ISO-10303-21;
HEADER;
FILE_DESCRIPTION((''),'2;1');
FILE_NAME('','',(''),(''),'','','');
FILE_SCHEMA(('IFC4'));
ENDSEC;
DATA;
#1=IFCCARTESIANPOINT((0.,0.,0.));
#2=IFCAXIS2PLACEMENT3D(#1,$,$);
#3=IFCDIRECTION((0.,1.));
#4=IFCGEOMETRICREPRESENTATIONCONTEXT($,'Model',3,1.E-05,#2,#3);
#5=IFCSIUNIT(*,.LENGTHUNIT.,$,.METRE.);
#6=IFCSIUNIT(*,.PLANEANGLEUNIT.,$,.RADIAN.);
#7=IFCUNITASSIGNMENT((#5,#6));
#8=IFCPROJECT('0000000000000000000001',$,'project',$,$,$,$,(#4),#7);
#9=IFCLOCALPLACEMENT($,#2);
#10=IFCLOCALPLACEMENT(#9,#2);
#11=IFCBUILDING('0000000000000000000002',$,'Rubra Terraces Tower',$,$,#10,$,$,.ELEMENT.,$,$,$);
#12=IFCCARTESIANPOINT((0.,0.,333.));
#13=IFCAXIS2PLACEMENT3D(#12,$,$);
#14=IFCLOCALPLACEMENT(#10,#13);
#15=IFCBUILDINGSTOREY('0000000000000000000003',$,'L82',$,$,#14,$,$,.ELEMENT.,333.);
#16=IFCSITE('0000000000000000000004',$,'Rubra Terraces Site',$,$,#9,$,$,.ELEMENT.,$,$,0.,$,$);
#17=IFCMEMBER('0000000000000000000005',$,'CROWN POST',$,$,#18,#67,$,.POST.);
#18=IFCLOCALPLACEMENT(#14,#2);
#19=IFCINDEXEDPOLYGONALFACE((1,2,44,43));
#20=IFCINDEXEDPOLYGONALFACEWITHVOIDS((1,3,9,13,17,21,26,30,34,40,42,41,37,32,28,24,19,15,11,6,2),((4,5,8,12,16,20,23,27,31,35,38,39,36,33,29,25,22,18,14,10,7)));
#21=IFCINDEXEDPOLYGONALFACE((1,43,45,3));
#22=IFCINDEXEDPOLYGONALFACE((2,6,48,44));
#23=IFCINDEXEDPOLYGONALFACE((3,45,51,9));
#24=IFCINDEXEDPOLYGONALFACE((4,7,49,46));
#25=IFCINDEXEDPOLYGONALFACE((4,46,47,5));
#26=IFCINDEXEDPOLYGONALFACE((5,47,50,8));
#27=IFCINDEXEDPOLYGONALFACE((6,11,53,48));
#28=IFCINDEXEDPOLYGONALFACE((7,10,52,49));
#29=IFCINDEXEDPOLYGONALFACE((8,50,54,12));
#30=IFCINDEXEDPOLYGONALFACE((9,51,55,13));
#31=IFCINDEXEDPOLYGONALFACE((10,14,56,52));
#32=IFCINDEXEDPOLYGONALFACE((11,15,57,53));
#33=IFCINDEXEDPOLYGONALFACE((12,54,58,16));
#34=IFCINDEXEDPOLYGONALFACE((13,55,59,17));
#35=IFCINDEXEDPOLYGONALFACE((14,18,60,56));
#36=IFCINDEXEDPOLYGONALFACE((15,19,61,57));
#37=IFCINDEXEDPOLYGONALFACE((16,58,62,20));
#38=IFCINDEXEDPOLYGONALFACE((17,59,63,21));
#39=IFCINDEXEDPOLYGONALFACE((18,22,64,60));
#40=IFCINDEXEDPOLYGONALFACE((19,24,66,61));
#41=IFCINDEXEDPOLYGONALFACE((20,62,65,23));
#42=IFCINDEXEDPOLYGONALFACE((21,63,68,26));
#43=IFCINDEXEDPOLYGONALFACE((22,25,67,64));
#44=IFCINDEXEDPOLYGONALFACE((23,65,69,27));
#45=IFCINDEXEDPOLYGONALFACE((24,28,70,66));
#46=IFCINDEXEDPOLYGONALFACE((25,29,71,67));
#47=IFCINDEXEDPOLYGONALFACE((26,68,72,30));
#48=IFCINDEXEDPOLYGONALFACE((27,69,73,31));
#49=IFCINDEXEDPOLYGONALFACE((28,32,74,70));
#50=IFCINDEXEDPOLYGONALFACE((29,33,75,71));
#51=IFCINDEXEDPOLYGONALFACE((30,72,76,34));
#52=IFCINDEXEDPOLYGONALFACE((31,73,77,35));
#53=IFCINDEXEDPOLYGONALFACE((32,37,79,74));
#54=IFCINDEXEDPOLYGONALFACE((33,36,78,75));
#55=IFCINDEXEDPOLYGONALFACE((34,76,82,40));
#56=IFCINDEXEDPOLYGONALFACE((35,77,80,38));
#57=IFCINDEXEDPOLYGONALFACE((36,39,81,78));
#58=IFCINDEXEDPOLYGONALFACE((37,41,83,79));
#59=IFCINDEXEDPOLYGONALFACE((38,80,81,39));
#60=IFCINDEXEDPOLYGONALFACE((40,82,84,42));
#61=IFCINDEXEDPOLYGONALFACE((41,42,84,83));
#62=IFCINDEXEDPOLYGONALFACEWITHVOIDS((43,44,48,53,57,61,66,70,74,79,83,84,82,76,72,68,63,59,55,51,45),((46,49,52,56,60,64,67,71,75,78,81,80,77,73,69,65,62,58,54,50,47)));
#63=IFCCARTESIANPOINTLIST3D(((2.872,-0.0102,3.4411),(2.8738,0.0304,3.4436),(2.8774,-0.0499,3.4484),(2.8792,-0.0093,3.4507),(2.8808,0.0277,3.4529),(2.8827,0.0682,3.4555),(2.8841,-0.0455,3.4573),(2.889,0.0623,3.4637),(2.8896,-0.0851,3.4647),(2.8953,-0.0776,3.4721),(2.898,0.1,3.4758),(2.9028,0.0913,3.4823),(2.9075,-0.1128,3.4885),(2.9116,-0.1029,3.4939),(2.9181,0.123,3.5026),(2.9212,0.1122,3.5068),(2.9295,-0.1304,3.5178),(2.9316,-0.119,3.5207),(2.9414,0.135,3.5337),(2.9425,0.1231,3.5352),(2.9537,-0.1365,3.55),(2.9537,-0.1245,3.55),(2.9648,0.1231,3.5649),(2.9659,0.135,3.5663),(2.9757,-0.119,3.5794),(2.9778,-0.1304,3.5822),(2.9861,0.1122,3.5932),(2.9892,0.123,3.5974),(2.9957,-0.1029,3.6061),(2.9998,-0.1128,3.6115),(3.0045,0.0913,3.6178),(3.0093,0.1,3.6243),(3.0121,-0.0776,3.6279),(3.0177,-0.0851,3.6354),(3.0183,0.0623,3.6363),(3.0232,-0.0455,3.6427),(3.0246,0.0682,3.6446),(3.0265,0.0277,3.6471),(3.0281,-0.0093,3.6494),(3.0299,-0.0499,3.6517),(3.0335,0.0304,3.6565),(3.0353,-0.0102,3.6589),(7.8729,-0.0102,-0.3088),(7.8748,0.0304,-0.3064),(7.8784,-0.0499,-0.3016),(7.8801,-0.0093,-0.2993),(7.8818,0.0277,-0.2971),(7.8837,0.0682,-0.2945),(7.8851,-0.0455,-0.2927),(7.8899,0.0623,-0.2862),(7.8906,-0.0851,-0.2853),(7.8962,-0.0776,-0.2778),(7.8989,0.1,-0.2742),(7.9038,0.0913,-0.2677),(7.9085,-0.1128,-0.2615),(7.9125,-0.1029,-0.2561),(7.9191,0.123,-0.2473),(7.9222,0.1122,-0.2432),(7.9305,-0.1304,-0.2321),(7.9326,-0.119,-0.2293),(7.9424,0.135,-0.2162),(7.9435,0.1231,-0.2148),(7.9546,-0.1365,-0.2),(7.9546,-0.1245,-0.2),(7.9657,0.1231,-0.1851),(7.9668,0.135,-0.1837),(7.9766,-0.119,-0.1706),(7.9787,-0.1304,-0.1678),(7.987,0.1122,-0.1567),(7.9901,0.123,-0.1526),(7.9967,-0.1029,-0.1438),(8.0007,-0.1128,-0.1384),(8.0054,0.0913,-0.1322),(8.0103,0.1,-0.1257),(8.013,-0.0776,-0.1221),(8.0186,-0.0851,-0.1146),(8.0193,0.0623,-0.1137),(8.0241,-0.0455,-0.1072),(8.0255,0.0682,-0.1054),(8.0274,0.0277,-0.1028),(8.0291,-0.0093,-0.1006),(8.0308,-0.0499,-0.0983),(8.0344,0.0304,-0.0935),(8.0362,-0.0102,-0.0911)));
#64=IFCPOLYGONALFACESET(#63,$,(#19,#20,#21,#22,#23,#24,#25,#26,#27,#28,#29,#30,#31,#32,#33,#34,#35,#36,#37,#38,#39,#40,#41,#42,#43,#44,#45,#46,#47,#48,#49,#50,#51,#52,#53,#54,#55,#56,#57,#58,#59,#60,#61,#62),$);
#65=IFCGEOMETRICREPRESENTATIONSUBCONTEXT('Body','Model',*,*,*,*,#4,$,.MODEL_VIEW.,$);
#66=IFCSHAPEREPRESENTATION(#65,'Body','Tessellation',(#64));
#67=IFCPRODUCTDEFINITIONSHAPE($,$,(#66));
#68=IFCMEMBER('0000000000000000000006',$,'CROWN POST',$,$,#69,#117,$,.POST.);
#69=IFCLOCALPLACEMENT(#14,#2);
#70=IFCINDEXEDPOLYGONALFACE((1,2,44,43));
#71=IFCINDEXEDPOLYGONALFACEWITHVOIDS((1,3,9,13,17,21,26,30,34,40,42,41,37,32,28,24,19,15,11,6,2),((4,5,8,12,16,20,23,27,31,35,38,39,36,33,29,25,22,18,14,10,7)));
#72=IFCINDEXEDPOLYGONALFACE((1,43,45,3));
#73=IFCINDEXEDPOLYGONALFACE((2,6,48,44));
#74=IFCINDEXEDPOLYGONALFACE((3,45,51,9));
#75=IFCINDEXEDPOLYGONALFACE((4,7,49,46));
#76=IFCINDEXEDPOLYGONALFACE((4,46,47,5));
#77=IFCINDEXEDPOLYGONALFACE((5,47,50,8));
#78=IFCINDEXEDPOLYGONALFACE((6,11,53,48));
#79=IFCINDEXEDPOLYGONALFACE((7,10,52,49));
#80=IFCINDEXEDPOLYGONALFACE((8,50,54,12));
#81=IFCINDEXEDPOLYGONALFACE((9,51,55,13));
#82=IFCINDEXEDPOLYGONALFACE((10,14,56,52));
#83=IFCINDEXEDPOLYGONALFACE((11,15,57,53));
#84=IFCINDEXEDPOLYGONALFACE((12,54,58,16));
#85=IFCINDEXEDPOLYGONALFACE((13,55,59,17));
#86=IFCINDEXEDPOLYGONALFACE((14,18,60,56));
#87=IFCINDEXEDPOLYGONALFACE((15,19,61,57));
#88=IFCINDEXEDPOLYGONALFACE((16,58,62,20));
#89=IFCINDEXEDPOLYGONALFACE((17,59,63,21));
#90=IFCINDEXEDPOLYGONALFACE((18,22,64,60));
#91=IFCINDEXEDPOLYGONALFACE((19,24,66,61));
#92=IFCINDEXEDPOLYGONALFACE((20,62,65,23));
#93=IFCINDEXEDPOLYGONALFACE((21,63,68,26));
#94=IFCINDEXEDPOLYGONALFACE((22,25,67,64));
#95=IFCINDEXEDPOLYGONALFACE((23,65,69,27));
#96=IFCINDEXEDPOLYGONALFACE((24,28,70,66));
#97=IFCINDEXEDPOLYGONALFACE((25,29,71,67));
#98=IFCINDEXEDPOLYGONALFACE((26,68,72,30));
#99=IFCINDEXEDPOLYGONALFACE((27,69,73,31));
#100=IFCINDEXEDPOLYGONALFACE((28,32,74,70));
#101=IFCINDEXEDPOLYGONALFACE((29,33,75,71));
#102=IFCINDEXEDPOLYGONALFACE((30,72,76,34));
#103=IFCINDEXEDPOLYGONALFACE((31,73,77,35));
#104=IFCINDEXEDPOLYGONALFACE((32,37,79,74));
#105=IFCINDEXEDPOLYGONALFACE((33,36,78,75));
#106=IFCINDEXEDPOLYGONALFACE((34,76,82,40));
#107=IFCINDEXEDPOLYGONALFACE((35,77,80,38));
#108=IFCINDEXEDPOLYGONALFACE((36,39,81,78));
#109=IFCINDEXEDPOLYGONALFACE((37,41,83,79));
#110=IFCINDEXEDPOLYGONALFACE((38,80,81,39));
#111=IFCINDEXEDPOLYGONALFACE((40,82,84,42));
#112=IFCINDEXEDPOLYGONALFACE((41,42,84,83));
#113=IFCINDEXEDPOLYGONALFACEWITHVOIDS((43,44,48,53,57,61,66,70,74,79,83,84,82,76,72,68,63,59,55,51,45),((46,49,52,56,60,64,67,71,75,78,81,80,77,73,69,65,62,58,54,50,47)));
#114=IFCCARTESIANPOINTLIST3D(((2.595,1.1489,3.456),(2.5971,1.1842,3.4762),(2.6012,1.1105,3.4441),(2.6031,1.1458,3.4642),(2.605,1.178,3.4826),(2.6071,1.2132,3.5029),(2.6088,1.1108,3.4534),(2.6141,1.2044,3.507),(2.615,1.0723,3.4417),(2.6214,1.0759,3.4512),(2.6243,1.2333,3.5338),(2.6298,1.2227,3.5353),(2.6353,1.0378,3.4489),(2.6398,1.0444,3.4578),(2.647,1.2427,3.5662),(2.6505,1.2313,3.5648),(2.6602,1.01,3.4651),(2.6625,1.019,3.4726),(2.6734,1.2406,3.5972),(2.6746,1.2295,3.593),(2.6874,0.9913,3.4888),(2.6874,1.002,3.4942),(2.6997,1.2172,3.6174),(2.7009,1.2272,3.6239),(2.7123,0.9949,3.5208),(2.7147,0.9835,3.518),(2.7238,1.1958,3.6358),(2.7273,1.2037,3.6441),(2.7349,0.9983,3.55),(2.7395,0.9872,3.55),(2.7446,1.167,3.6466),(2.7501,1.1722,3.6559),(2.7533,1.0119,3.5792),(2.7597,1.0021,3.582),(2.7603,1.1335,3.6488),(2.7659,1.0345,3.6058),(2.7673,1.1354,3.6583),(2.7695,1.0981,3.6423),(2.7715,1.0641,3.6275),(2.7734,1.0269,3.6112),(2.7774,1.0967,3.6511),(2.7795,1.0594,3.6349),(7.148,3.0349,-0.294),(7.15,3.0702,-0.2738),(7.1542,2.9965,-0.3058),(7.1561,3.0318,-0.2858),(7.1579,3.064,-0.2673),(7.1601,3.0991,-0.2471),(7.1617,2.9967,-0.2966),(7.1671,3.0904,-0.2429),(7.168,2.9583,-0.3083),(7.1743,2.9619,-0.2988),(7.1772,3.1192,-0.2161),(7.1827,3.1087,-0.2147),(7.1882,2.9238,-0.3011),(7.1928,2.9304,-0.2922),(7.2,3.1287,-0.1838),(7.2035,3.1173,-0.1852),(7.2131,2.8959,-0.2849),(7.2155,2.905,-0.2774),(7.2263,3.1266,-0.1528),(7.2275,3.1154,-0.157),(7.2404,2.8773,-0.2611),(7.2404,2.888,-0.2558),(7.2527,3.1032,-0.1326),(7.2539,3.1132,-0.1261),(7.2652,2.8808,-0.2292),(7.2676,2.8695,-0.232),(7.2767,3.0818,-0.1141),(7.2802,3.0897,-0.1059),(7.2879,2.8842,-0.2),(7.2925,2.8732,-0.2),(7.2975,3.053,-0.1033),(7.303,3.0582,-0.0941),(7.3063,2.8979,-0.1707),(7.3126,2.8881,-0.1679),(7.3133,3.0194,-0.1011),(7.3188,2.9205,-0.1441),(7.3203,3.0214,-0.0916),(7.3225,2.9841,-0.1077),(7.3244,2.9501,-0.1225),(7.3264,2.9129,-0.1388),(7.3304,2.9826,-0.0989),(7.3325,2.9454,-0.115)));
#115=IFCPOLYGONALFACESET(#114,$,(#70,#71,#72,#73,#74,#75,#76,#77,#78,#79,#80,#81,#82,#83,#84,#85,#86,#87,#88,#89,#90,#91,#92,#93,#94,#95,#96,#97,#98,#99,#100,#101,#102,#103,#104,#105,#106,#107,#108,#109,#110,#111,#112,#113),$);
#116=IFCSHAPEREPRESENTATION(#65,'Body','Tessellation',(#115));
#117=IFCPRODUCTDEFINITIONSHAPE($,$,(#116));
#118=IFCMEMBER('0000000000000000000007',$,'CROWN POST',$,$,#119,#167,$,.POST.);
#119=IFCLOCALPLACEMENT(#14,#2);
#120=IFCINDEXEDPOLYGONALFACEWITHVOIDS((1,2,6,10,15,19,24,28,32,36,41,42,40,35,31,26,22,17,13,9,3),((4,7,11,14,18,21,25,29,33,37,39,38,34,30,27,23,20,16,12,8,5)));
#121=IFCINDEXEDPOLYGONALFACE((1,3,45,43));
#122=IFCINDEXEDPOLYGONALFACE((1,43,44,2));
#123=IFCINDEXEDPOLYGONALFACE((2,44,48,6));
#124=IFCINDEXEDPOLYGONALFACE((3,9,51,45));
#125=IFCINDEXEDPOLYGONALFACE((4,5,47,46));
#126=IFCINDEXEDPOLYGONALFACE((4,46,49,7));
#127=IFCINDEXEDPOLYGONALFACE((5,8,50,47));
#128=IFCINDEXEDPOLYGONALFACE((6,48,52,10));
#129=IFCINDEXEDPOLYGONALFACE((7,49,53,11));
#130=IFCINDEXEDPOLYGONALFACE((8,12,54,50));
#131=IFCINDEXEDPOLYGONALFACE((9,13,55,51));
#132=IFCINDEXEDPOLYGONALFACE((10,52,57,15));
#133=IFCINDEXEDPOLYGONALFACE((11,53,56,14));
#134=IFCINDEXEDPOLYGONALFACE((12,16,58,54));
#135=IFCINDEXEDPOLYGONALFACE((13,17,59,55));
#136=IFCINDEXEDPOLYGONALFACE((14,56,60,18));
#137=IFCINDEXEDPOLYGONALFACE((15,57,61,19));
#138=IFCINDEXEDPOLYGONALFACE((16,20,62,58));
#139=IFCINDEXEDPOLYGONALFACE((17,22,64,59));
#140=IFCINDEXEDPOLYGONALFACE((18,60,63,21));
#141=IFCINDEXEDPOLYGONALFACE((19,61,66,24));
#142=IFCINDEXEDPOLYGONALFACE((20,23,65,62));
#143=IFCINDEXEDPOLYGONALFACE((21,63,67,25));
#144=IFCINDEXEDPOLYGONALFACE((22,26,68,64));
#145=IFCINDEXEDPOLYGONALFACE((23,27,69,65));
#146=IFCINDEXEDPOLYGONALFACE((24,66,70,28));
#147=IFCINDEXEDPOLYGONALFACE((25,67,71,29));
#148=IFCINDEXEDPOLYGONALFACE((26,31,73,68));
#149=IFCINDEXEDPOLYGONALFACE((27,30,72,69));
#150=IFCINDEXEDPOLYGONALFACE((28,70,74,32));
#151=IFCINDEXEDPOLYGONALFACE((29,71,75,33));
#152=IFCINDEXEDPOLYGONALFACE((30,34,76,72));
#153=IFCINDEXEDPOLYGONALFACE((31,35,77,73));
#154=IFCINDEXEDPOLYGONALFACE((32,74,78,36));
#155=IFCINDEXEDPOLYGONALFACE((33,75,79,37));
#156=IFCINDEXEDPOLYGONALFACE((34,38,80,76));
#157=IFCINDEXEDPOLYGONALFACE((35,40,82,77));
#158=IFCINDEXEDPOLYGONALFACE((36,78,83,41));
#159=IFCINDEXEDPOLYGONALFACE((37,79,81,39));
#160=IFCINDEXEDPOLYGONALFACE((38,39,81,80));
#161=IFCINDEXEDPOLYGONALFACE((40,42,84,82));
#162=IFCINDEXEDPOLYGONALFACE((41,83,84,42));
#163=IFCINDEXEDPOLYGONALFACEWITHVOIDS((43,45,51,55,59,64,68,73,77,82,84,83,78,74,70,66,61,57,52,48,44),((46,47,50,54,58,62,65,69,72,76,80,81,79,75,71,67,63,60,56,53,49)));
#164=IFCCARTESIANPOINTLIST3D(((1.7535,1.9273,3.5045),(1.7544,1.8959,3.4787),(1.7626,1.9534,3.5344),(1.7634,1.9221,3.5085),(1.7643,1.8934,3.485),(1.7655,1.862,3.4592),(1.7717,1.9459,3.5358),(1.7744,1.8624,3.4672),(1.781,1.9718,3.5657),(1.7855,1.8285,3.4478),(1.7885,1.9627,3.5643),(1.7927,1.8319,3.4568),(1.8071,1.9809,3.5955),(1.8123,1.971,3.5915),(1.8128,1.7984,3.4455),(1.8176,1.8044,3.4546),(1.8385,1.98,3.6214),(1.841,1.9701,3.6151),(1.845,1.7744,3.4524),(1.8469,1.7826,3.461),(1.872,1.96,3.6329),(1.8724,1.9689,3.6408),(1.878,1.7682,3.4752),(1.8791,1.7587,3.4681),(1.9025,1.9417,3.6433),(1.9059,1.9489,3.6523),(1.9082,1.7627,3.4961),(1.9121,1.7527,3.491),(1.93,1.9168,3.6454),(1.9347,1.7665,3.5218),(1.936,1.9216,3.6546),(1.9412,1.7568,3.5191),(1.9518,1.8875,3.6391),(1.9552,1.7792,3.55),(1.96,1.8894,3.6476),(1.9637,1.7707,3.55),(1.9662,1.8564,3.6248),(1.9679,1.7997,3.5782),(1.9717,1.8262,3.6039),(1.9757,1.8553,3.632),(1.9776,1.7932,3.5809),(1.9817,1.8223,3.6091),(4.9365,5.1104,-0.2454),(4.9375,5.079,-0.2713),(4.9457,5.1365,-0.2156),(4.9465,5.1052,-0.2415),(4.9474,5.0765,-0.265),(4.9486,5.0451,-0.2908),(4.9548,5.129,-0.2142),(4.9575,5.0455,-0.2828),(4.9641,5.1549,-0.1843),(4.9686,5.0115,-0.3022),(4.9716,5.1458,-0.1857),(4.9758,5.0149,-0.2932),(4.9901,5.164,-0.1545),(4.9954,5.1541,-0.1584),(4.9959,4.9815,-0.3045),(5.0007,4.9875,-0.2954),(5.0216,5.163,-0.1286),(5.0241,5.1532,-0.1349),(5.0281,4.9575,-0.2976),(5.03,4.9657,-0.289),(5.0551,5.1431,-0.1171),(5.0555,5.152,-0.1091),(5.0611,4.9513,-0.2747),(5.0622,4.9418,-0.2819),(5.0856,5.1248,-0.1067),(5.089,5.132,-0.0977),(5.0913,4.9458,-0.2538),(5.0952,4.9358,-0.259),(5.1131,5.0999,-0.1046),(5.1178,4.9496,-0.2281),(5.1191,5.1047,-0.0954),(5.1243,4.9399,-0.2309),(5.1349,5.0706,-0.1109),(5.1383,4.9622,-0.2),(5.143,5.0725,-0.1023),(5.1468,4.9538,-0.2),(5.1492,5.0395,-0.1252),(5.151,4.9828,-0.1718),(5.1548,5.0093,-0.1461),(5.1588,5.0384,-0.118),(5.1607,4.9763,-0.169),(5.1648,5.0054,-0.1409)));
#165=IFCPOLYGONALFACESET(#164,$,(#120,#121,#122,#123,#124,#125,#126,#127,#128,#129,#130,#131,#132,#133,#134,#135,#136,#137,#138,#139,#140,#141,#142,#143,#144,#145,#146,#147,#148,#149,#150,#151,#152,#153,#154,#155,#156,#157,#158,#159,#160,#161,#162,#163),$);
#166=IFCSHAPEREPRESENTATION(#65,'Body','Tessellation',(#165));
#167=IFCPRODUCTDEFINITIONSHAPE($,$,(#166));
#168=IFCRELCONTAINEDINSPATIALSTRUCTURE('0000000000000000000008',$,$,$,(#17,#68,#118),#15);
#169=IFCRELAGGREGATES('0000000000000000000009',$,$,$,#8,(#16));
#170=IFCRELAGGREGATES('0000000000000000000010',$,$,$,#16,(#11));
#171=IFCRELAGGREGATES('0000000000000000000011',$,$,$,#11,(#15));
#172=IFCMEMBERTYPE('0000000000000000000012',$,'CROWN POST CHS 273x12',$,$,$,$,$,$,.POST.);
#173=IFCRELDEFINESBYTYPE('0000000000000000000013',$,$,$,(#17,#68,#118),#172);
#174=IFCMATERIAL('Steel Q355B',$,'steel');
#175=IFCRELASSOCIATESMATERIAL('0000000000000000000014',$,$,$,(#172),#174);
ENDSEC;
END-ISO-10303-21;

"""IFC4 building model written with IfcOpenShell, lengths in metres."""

from ifc_helpers import new_model, si_unit, direction, frame, origin, origin_2d, place, context, subcontext, project, spatial, hollow_circle, extrude, material, material_profile, profile_set, type_object, element, save


model = new_model("IFC4")

# Units and contexts
model_context = context("Model", 3, precision=1e-05, world=origin(), true_north=direction((0.0, 1.0)))
body_context = subcontext(model_context, "Body", "Model", "MODEL_VIEW")
ifc_project = project(units=[si_unit("LENGTHUNIT", "METRE"), si_unit("PLANEANGLEUNIT", "RADIAN")], contexts=[model_context])

# Site, building, storey
site_placement = place(None, origin())
site = spatial("IfcSite", under=ifc_project, at=site_placement, Name="Rubra Terraces Site", CompositionType="ELEMENT", RefElevation=0.0)
building_placement = place(site_placement, origin())
building = spatial("IfcBuilding", under=site, at=building_placement, Name="Rubra Terraces Tower", CompositionType="ELEMENT")
storey_placement = place(building_placement, frame((0.0, 0.0, 333.0)))
storey = spatial("IfcBuildingStorey", under=building, at=storey_placement, Name="L82", CompositionType="ELEMENT", Elevation=333.0)

# Members
ifc_material_1 = material(Name="Steel Q355B", Category="steel")
ifc_material_profile_1 = material_profile(ifc_material_1, hollow_circle(Radius=0.1365, WallThickness=0.012, at=origin_2d()), Name="CHS 273x12")
ifc_profile_set_1 = profile_set([ifc_material_profile_1], Name="Steel Q355B")
member_type_1 = type_object("IfcMemberType", Name="CROWN POST CHS 273x12", PredefinedType="POST", material=ifc_profile_set_1)
member_1_placement = place(storey_placement, frame((7.9546, 0.0, -0.2), z_axis=(-0.800056, 0.0, 0.599925), x_axis=(0.0, -1.0, 0.0)))
element("IfcMember", 1, at=member_1_placement, inside=storey, type_object=member_type_1, Name="CROWN POST", PredefinedType="POST", context=body_context, shape_type="SweptSolid", body=[
    extrude(hollow_circle(Radius=0.1365, WallThickness=0.012, at=origin_2d()), origin(), (0.0, 0.0, 1.0), 6.2507),
])
member_2_placement = place(storey_placement, frame((7.2402, 2.9993, -0.2), z_axis=(-0.735222, -0.304552, 0.605555), x_axis=(0.382697, -0.923874, 0.0)))
element("IfcMember", 2, at=member_2_placement, inside=storey, type_object=member_type_1, Name="CROWN POST", PredefinedType="POST", context=body_context, shape_type="SweptSolid", body=[
    extrude(hollow_circle(Radius=0.1365, WallThickness=0.012, at=origin_2d()), origin(), (0.0, 0.0, 1.0), 6.1926),
])
member_3_placement = place(storey_placement, frame((5.0503, 5.0503, -0.2), z_axis=(-0.543293, -0.543293, 0.640051), x_axis=(0.707107, -0.707107, 0.0)))
element("IfcMember", 3, at=member_3_placement, inside=storey, type_object=member_type_1, Name="CROWN POST", PredefinedType="POST", context=body_context, shape_type="SweptSolid", body=[
    extrude(hollow_circle(Radius=0.1365, WallThickness=0.012, at=origin_2d()), origin(), (0.0, 0.0, 1.0), 5.8589),
])

save(model, "model.ifc")
